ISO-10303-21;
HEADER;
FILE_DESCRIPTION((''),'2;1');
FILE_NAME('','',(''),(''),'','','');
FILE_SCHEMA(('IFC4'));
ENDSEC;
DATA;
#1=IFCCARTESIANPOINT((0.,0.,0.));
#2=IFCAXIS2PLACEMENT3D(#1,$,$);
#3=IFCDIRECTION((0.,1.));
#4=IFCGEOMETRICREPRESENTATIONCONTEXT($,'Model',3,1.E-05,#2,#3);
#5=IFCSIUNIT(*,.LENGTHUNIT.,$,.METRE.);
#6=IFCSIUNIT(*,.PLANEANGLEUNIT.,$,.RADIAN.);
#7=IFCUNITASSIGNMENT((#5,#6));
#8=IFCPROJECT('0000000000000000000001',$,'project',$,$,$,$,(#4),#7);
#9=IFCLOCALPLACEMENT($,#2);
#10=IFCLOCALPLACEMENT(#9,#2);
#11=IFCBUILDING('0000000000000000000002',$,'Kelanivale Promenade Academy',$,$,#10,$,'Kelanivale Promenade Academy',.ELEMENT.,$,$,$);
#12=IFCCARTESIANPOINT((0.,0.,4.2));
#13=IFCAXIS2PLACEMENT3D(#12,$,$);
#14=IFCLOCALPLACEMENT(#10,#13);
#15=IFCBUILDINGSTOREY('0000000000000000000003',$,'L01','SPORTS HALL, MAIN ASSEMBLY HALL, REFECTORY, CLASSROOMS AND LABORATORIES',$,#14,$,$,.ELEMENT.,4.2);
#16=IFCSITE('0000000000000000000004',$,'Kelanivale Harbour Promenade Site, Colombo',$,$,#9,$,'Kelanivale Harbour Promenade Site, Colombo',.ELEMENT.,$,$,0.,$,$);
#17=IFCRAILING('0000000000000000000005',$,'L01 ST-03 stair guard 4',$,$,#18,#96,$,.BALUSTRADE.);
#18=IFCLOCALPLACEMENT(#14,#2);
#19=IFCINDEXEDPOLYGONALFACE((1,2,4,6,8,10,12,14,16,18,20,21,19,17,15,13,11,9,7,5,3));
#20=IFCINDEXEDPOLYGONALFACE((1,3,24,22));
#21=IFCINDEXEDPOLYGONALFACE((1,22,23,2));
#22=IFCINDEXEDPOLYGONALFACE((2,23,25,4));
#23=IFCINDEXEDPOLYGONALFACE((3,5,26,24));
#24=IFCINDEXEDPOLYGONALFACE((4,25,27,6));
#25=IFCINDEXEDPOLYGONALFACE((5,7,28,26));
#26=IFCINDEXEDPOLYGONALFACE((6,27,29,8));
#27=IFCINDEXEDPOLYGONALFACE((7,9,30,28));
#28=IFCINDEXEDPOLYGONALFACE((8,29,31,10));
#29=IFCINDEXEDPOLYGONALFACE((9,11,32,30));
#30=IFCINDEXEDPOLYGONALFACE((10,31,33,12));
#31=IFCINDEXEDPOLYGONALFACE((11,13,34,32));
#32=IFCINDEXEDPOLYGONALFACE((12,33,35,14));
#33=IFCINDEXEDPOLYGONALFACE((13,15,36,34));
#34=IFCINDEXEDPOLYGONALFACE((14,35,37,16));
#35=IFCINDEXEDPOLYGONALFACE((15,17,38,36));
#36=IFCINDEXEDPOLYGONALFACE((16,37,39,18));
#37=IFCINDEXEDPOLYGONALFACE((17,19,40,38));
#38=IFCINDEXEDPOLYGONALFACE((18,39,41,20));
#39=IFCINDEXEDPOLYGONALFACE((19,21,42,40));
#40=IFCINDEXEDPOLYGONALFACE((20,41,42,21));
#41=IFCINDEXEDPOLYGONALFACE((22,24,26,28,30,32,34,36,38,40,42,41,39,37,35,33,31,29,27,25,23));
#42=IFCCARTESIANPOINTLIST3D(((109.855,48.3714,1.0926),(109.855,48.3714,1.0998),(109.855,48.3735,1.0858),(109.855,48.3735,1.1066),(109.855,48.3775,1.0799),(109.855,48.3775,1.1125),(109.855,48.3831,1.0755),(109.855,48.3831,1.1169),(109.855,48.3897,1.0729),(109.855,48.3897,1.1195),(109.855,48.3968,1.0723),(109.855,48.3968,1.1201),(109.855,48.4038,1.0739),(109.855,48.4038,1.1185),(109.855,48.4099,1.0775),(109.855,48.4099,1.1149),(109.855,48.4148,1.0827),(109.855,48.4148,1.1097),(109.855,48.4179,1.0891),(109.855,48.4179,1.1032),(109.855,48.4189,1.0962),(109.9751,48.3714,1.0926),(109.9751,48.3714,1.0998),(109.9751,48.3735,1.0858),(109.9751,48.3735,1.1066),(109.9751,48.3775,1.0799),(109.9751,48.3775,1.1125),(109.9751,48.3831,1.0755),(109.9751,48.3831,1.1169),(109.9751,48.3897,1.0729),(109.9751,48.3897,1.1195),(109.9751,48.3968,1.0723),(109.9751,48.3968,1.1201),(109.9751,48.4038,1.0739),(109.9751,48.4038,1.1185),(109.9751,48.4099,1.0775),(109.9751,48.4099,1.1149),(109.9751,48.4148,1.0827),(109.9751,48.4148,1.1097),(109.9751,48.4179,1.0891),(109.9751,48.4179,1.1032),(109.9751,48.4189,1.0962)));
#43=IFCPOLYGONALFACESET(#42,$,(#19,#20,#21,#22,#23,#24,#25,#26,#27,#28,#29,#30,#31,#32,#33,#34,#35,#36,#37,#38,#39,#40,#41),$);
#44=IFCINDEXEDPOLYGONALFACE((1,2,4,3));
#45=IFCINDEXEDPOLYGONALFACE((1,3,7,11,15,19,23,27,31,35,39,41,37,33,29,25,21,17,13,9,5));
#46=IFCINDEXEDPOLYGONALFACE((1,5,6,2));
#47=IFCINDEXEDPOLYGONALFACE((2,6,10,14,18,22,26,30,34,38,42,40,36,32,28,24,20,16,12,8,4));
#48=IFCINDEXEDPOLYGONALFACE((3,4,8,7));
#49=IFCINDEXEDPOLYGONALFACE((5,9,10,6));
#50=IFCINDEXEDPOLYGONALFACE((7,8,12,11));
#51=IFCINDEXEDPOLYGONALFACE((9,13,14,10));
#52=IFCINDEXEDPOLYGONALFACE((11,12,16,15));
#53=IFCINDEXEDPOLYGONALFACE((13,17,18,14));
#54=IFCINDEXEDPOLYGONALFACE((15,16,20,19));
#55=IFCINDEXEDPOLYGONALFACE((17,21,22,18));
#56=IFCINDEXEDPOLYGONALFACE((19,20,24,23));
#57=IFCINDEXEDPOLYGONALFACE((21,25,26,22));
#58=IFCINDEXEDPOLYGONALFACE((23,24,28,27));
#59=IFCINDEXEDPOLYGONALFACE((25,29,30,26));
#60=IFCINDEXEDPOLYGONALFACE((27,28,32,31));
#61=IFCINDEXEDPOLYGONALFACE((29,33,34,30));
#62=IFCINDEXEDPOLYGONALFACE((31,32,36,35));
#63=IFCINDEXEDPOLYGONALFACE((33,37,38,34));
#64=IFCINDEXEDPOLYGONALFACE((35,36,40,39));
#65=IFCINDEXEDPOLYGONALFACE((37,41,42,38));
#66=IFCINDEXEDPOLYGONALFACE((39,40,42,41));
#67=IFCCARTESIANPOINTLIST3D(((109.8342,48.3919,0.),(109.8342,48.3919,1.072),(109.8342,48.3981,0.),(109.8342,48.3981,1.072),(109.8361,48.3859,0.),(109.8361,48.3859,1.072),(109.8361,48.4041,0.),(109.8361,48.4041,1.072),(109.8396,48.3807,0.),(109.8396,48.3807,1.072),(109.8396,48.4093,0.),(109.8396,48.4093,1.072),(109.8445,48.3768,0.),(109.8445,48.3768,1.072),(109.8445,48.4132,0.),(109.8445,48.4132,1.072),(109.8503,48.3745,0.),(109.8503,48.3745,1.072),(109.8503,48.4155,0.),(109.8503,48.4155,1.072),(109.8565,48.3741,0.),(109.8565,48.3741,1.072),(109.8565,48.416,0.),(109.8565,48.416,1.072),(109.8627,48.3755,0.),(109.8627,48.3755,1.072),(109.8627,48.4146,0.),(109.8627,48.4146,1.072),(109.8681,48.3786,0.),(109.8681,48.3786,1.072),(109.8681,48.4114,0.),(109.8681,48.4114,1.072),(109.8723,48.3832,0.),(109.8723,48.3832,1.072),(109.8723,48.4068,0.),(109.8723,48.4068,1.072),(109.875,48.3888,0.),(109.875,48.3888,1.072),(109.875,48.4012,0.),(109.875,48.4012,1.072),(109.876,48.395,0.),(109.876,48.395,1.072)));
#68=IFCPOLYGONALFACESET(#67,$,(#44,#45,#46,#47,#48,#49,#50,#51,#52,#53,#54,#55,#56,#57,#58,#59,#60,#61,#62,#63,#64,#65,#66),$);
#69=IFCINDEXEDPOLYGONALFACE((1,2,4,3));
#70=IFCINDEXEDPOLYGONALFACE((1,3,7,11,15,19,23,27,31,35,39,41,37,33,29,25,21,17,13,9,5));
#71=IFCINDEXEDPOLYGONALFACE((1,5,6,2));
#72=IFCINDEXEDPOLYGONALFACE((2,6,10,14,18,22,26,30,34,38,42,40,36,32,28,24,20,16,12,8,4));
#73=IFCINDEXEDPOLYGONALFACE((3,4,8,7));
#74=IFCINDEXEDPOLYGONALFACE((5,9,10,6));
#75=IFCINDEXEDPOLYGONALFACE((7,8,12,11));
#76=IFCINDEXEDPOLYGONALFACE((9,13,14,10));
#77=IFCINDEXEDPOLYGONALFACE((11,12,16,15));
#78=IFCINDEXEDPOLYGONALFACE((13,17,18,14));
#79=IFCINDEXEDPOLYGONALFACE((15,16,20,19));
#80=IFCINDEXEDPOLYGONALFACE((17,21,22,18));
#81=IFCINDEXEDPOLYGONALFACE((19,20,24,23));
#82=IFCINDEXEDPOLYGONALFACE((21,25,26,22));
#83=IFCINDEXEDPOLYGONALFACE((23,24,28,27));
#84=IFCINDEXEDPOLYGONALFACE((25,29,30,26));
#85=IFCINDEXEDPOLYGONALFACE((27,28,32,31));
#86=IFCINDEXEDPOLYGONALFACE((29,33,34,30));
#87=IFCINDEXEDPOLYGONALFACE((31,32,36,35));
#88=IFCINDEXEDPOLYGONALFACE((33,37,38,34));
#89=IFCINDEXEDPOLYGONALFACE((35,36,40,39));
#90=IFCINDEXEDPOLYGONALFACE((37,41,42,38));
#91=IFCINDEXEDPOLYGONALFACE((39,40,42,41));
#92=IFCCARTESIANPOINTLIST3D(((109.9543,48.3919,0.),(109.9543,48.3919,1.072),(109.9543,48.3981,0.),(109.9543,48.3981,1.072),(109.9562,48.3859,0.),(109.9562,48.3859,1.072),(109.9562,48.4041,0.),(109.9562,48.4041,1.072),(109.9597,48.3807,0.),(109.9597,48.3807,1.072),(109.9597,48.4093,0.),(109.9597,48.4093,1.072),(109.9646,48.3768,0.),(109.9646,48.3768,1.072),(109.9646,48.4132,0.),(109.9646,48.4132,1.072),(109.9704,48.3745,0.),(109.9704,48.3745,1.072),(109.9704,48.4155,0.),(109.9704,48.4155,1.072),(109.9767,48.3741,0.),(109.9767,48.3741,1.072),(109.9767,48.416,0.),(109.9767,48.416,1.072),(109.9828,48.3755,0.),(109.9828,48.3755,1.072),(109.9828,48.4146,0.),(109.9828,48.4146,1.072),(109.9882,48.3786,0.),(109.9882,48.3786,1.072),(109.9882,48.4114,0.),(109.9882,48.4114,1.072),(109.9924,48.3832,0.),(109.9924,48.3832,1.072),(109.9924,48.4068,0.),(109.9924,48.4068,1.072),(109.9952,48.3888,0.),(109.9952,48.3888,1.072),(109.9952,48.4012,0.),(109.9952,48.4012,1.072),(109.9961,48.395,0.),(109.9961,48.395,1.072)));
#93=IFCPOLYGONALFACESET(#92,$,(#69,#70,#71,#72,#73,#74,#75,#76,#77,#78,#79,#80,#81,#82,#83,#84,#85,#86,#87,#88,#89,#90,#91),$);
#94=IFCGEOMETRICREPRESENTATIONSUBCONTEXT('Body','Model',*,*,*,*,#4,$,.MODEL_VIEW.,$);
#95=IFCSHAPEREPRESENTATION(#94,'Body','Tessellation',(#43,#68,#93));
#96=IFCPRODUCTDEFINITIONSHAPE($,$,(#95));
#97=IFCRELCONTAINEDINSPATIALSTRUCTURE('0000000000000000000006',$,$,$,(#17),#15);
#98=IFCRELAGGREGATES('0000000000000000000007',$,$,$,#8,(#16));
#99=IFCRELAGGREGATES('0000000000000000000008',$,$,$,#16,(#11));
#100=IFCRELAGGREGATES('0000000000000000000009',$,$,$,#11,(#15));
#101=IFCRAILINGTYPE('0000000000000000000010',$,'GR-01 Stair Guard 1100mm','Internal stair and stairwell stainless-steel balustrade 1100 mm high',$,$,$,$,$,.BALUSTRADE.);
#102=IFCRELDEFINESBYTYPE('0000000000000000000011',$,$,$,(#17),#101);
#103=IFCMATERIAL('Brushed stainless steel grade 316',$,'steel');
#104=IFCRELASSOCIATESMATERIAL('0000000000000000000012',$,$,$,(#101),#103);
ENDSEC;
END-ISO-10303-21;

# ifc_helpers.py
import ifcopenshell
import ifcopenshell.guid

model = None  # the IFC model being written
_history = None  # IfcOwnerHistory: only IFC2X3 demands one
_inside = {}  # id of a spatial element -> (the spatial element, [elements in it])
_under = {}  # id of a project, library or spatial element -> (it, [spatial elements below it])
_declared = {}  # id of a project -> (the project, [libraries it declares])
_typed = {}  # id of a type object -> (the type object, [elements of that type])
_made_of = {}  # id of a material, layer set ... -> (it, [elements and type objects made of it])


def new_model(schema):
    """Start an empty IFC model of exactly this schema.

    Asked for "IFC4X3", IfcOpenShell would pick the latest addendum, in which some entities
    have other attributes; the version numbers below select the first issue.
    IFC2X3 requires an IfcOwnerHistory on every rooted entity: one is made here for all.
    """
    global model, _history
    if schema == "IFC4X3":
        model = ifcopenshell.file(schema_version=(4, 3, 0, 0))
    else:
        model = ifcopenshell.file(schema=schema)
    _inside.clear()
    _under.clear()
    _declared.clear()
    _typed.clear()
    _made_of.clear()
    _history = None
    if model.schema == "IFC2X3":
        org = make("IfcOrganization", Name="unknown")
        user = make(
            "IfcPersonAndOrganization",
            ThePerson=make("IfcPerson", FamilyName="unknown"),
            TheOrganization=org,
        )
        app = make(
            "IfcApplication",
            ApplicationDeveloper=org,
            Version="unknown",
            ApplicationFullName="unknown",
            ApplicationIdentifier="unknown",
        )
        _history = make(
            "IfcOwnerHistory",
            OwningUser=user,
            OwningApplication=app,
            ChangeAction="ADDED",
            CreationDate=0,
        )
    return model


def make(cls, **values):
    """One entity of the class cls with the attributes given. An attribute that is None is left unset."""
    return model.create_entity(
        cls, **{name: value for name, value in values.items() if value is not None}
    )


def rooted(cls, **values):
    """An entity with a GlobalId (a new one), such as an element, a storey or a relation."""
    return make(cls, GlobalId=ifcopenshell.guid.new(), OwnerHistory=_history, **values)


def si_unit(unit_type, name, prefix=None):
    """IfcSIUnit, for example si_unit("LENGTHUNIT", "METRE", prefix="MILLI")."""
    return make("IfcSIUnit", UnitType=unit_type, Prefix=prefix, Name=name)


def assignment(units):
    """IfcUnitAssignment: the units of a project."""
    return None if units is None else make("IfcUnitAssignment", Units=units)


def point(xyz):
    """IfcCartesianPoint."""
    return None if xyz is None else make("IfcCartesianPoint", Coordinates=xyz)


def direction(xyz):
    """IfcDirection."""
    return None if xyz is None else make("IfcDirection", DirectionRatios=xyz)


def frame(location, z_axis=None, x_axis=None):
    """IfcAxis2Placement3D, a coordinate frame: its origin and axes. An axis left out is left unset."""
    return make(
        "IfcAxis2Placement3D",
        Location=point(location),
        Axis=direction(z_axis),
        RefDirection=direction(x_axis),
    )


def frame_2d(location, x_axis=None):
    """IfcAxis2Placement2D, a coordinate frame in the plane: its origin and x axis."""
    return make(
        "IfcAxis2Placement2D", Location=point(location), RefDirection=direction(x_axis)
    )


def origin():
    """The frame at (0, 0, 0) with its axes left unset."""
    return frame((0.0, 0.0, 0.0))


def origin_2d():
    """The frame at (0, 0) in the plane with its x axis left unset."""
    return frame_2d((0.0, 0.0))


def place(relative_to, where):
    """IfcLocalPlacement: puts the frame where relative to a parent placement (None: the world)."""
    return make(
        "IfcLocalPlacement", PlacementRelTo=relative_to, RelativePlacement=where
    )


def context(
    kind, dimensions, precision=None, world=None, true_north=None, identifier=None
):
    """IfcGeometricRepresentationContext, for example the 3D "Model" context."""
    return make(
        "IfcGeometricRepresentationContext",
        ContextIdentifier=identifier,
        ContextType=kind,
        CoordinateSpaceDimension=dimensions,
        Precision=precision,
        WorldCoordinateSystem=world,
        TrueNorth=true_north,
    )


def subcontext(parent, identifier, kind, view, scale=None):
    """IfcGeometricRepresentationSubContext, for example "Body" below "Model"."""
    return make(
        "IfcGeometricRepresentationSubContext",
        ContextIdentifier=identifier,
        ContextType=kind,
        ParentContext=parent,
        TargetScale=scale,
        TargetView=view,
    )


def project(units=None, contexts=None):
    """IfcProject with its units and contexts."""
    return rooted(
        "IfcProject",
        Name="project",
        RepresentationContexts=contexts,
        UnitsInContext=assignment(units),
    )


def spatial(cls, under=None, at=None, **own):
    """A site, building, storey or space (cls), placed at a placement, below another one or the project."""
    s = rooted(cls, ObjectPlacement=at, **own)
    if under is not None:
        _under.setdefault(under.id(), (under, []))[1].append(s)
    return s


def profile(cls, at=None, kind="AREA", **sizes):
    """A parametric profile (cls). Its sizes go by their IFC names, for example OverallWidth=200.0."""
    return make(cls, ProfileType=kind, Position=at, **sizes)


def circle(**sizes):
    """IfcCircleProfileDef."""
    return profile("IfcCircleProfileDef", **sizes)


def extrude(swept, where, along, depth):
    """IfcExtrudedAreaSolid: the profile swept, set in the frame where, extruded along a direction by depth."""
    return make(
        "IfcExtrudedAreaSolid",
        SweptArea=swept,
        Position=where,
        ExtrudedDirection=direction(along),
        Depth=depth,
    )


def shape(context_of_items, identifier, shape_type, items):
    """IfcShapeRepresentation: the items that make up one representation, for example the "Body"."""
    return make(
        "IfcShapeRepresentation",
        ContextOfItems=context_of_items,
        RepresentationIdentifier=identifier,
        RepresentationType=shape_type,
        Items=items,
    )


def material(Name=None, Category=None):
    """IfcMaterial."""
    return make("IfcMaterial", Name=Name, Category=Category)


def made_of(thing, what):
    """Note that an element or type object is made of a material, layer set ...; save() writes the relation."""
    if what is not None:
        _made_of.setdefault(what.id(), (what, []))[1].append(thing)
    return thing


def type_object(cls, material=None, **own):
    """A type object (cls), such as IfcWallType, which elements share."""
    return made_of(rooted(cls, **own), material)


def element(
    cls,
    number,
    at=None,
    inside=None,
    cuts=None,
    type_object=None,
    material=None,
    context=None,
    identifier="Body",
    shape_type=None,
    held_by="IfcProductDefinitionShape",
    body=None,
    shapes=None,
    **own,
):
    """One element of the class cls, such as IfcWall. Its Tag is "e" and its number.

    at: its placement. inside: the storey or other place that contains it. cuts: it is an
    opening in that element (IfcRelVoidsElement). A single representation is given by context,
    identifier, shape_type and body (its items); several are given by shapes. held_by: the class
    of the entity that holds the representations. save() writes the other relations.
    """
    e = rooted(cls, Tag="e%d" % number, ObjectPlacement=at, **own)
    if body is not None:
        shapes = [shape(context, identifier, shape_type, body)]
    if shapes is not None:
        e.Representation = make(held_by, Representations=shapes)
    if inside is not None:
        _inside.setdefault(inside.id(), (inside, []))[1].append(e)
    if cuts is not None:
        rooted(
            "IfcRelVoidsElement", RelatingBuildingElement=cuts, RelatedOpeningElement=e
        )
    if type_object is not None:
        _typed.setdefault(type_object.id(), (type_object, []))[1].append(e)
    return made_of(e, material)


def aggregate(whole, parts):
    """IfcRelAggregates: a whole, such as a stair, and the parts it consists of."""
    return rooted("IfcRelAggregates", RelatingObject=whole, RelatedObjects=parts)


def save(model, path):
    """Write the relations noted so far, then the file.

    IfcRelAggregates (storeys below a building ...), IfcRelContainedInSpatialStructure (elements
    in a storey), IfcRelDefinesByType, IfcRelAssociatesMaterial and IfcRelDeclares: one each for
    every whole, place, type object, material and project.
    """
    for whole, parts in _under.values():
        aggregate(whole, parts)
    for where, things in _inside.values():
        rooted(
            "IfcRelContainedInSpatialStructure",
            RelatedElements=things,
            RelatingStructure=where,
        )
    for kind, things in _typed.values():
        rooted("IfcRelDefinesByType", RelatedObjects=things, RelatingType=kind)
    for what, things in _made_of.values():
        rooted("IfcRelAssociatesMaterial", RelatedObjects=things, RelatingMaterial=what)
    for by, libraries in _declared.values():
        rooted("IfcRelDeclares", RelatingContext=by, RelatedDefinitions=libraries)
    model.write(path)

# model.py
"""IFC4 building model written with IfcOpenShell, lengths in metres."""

from ifc_helpers import new_model, si_unit, direction, frame, origin, origin_2d, place, context, subcontext, project, spatial, circle, extrude, material, type_object, element, save


model = new_model("IFC4")

# Units and contexts
model_context = context("Model", 3, precision=1e-05, world=origin(), true_north=direction((0.0, 1.0)))
body_context = subcontext(model_context, "Body", "Model", "MODEL_VIEW")
ifc_project = project(units=[si_unit("LENGTHUNIT", "METRE"), si_unit("PLANEANGLEUNIT", "RADIAN")], contexts=[model_context])

# Site, building, storey
site_placement = place(None, origin())
site = spatial("IfcSite", under=ifc_project, at=site_placement, Name="Kelanivale Harbour Promenade Site, Colombo", LongName="Kelanivale Harbour Promenade Site, Colombo", CompositionType="ELEMENT", RefElevation=0.0)
building_placement = place(site_placement, origin())
building = spatial("IfcBuilding", under=site, at=building_placement, Name="Kelanivale Promenade Academy", LongName="Kelanivale Promenade Academy", CompositionType="ELEMENT")
storey_placement = place(building_placement, frame((0.0, 0.0, 4.2)))
storey = spatial("IfcBuildingStorey", under=building, at=storey_placement, Name="L01", Description="SPORTS HALL, MAIN ASSEMBLY HALL, REFECTORY, CLASSROOMS AND LABORATORIES", CompositionType="ELEMENT", Elevation=4.2)

# Railing
ifc_material_1 = material(Name="Brushed stainless steel grade 316", Category="steel")
railing_type_1 = type_object("IfcRailingType", Name="GR-01 Stair Guard 1100mm", Description="Internal stair and stairwell stainless-steel balustrade 1100 mm high", PredefinedType="BALUSTRADE", material=ifc_material_1)
railing_1_placement = place(storey_placement, frame((109.855, 48.395, 0.0)))
element("IfcRailing", 1, at=railing_1_placement, inside=storey, type_object=railing_type_1, Name="L01 ST-03 stair guard 4", PredefinedType="BALUSTRADE", context=body_context, shape_type="SweptSolid", body=[
    extrude(circle(Radius=0.0239, at=origin_2d()), frame((0.0, 0.0, 1.0962), z_axis=(1.0, 0.0, 0.0), x_axis=(0.0, 1.0, 0.0)), (0.0, 0.0, 1.0), 0.1201),
    extrude(circle(Radius=0.021, at=origin_2d()), origin(), (0.0, 0.0, 1.0), 1.072),
    extrude(circle(Radius=0.021, at=origin_2d()), frame((0.1201, 0.0, 0.0)), (0.0, 0.0, 1.0), 1.072),
])

save(model, "model.ifc")
